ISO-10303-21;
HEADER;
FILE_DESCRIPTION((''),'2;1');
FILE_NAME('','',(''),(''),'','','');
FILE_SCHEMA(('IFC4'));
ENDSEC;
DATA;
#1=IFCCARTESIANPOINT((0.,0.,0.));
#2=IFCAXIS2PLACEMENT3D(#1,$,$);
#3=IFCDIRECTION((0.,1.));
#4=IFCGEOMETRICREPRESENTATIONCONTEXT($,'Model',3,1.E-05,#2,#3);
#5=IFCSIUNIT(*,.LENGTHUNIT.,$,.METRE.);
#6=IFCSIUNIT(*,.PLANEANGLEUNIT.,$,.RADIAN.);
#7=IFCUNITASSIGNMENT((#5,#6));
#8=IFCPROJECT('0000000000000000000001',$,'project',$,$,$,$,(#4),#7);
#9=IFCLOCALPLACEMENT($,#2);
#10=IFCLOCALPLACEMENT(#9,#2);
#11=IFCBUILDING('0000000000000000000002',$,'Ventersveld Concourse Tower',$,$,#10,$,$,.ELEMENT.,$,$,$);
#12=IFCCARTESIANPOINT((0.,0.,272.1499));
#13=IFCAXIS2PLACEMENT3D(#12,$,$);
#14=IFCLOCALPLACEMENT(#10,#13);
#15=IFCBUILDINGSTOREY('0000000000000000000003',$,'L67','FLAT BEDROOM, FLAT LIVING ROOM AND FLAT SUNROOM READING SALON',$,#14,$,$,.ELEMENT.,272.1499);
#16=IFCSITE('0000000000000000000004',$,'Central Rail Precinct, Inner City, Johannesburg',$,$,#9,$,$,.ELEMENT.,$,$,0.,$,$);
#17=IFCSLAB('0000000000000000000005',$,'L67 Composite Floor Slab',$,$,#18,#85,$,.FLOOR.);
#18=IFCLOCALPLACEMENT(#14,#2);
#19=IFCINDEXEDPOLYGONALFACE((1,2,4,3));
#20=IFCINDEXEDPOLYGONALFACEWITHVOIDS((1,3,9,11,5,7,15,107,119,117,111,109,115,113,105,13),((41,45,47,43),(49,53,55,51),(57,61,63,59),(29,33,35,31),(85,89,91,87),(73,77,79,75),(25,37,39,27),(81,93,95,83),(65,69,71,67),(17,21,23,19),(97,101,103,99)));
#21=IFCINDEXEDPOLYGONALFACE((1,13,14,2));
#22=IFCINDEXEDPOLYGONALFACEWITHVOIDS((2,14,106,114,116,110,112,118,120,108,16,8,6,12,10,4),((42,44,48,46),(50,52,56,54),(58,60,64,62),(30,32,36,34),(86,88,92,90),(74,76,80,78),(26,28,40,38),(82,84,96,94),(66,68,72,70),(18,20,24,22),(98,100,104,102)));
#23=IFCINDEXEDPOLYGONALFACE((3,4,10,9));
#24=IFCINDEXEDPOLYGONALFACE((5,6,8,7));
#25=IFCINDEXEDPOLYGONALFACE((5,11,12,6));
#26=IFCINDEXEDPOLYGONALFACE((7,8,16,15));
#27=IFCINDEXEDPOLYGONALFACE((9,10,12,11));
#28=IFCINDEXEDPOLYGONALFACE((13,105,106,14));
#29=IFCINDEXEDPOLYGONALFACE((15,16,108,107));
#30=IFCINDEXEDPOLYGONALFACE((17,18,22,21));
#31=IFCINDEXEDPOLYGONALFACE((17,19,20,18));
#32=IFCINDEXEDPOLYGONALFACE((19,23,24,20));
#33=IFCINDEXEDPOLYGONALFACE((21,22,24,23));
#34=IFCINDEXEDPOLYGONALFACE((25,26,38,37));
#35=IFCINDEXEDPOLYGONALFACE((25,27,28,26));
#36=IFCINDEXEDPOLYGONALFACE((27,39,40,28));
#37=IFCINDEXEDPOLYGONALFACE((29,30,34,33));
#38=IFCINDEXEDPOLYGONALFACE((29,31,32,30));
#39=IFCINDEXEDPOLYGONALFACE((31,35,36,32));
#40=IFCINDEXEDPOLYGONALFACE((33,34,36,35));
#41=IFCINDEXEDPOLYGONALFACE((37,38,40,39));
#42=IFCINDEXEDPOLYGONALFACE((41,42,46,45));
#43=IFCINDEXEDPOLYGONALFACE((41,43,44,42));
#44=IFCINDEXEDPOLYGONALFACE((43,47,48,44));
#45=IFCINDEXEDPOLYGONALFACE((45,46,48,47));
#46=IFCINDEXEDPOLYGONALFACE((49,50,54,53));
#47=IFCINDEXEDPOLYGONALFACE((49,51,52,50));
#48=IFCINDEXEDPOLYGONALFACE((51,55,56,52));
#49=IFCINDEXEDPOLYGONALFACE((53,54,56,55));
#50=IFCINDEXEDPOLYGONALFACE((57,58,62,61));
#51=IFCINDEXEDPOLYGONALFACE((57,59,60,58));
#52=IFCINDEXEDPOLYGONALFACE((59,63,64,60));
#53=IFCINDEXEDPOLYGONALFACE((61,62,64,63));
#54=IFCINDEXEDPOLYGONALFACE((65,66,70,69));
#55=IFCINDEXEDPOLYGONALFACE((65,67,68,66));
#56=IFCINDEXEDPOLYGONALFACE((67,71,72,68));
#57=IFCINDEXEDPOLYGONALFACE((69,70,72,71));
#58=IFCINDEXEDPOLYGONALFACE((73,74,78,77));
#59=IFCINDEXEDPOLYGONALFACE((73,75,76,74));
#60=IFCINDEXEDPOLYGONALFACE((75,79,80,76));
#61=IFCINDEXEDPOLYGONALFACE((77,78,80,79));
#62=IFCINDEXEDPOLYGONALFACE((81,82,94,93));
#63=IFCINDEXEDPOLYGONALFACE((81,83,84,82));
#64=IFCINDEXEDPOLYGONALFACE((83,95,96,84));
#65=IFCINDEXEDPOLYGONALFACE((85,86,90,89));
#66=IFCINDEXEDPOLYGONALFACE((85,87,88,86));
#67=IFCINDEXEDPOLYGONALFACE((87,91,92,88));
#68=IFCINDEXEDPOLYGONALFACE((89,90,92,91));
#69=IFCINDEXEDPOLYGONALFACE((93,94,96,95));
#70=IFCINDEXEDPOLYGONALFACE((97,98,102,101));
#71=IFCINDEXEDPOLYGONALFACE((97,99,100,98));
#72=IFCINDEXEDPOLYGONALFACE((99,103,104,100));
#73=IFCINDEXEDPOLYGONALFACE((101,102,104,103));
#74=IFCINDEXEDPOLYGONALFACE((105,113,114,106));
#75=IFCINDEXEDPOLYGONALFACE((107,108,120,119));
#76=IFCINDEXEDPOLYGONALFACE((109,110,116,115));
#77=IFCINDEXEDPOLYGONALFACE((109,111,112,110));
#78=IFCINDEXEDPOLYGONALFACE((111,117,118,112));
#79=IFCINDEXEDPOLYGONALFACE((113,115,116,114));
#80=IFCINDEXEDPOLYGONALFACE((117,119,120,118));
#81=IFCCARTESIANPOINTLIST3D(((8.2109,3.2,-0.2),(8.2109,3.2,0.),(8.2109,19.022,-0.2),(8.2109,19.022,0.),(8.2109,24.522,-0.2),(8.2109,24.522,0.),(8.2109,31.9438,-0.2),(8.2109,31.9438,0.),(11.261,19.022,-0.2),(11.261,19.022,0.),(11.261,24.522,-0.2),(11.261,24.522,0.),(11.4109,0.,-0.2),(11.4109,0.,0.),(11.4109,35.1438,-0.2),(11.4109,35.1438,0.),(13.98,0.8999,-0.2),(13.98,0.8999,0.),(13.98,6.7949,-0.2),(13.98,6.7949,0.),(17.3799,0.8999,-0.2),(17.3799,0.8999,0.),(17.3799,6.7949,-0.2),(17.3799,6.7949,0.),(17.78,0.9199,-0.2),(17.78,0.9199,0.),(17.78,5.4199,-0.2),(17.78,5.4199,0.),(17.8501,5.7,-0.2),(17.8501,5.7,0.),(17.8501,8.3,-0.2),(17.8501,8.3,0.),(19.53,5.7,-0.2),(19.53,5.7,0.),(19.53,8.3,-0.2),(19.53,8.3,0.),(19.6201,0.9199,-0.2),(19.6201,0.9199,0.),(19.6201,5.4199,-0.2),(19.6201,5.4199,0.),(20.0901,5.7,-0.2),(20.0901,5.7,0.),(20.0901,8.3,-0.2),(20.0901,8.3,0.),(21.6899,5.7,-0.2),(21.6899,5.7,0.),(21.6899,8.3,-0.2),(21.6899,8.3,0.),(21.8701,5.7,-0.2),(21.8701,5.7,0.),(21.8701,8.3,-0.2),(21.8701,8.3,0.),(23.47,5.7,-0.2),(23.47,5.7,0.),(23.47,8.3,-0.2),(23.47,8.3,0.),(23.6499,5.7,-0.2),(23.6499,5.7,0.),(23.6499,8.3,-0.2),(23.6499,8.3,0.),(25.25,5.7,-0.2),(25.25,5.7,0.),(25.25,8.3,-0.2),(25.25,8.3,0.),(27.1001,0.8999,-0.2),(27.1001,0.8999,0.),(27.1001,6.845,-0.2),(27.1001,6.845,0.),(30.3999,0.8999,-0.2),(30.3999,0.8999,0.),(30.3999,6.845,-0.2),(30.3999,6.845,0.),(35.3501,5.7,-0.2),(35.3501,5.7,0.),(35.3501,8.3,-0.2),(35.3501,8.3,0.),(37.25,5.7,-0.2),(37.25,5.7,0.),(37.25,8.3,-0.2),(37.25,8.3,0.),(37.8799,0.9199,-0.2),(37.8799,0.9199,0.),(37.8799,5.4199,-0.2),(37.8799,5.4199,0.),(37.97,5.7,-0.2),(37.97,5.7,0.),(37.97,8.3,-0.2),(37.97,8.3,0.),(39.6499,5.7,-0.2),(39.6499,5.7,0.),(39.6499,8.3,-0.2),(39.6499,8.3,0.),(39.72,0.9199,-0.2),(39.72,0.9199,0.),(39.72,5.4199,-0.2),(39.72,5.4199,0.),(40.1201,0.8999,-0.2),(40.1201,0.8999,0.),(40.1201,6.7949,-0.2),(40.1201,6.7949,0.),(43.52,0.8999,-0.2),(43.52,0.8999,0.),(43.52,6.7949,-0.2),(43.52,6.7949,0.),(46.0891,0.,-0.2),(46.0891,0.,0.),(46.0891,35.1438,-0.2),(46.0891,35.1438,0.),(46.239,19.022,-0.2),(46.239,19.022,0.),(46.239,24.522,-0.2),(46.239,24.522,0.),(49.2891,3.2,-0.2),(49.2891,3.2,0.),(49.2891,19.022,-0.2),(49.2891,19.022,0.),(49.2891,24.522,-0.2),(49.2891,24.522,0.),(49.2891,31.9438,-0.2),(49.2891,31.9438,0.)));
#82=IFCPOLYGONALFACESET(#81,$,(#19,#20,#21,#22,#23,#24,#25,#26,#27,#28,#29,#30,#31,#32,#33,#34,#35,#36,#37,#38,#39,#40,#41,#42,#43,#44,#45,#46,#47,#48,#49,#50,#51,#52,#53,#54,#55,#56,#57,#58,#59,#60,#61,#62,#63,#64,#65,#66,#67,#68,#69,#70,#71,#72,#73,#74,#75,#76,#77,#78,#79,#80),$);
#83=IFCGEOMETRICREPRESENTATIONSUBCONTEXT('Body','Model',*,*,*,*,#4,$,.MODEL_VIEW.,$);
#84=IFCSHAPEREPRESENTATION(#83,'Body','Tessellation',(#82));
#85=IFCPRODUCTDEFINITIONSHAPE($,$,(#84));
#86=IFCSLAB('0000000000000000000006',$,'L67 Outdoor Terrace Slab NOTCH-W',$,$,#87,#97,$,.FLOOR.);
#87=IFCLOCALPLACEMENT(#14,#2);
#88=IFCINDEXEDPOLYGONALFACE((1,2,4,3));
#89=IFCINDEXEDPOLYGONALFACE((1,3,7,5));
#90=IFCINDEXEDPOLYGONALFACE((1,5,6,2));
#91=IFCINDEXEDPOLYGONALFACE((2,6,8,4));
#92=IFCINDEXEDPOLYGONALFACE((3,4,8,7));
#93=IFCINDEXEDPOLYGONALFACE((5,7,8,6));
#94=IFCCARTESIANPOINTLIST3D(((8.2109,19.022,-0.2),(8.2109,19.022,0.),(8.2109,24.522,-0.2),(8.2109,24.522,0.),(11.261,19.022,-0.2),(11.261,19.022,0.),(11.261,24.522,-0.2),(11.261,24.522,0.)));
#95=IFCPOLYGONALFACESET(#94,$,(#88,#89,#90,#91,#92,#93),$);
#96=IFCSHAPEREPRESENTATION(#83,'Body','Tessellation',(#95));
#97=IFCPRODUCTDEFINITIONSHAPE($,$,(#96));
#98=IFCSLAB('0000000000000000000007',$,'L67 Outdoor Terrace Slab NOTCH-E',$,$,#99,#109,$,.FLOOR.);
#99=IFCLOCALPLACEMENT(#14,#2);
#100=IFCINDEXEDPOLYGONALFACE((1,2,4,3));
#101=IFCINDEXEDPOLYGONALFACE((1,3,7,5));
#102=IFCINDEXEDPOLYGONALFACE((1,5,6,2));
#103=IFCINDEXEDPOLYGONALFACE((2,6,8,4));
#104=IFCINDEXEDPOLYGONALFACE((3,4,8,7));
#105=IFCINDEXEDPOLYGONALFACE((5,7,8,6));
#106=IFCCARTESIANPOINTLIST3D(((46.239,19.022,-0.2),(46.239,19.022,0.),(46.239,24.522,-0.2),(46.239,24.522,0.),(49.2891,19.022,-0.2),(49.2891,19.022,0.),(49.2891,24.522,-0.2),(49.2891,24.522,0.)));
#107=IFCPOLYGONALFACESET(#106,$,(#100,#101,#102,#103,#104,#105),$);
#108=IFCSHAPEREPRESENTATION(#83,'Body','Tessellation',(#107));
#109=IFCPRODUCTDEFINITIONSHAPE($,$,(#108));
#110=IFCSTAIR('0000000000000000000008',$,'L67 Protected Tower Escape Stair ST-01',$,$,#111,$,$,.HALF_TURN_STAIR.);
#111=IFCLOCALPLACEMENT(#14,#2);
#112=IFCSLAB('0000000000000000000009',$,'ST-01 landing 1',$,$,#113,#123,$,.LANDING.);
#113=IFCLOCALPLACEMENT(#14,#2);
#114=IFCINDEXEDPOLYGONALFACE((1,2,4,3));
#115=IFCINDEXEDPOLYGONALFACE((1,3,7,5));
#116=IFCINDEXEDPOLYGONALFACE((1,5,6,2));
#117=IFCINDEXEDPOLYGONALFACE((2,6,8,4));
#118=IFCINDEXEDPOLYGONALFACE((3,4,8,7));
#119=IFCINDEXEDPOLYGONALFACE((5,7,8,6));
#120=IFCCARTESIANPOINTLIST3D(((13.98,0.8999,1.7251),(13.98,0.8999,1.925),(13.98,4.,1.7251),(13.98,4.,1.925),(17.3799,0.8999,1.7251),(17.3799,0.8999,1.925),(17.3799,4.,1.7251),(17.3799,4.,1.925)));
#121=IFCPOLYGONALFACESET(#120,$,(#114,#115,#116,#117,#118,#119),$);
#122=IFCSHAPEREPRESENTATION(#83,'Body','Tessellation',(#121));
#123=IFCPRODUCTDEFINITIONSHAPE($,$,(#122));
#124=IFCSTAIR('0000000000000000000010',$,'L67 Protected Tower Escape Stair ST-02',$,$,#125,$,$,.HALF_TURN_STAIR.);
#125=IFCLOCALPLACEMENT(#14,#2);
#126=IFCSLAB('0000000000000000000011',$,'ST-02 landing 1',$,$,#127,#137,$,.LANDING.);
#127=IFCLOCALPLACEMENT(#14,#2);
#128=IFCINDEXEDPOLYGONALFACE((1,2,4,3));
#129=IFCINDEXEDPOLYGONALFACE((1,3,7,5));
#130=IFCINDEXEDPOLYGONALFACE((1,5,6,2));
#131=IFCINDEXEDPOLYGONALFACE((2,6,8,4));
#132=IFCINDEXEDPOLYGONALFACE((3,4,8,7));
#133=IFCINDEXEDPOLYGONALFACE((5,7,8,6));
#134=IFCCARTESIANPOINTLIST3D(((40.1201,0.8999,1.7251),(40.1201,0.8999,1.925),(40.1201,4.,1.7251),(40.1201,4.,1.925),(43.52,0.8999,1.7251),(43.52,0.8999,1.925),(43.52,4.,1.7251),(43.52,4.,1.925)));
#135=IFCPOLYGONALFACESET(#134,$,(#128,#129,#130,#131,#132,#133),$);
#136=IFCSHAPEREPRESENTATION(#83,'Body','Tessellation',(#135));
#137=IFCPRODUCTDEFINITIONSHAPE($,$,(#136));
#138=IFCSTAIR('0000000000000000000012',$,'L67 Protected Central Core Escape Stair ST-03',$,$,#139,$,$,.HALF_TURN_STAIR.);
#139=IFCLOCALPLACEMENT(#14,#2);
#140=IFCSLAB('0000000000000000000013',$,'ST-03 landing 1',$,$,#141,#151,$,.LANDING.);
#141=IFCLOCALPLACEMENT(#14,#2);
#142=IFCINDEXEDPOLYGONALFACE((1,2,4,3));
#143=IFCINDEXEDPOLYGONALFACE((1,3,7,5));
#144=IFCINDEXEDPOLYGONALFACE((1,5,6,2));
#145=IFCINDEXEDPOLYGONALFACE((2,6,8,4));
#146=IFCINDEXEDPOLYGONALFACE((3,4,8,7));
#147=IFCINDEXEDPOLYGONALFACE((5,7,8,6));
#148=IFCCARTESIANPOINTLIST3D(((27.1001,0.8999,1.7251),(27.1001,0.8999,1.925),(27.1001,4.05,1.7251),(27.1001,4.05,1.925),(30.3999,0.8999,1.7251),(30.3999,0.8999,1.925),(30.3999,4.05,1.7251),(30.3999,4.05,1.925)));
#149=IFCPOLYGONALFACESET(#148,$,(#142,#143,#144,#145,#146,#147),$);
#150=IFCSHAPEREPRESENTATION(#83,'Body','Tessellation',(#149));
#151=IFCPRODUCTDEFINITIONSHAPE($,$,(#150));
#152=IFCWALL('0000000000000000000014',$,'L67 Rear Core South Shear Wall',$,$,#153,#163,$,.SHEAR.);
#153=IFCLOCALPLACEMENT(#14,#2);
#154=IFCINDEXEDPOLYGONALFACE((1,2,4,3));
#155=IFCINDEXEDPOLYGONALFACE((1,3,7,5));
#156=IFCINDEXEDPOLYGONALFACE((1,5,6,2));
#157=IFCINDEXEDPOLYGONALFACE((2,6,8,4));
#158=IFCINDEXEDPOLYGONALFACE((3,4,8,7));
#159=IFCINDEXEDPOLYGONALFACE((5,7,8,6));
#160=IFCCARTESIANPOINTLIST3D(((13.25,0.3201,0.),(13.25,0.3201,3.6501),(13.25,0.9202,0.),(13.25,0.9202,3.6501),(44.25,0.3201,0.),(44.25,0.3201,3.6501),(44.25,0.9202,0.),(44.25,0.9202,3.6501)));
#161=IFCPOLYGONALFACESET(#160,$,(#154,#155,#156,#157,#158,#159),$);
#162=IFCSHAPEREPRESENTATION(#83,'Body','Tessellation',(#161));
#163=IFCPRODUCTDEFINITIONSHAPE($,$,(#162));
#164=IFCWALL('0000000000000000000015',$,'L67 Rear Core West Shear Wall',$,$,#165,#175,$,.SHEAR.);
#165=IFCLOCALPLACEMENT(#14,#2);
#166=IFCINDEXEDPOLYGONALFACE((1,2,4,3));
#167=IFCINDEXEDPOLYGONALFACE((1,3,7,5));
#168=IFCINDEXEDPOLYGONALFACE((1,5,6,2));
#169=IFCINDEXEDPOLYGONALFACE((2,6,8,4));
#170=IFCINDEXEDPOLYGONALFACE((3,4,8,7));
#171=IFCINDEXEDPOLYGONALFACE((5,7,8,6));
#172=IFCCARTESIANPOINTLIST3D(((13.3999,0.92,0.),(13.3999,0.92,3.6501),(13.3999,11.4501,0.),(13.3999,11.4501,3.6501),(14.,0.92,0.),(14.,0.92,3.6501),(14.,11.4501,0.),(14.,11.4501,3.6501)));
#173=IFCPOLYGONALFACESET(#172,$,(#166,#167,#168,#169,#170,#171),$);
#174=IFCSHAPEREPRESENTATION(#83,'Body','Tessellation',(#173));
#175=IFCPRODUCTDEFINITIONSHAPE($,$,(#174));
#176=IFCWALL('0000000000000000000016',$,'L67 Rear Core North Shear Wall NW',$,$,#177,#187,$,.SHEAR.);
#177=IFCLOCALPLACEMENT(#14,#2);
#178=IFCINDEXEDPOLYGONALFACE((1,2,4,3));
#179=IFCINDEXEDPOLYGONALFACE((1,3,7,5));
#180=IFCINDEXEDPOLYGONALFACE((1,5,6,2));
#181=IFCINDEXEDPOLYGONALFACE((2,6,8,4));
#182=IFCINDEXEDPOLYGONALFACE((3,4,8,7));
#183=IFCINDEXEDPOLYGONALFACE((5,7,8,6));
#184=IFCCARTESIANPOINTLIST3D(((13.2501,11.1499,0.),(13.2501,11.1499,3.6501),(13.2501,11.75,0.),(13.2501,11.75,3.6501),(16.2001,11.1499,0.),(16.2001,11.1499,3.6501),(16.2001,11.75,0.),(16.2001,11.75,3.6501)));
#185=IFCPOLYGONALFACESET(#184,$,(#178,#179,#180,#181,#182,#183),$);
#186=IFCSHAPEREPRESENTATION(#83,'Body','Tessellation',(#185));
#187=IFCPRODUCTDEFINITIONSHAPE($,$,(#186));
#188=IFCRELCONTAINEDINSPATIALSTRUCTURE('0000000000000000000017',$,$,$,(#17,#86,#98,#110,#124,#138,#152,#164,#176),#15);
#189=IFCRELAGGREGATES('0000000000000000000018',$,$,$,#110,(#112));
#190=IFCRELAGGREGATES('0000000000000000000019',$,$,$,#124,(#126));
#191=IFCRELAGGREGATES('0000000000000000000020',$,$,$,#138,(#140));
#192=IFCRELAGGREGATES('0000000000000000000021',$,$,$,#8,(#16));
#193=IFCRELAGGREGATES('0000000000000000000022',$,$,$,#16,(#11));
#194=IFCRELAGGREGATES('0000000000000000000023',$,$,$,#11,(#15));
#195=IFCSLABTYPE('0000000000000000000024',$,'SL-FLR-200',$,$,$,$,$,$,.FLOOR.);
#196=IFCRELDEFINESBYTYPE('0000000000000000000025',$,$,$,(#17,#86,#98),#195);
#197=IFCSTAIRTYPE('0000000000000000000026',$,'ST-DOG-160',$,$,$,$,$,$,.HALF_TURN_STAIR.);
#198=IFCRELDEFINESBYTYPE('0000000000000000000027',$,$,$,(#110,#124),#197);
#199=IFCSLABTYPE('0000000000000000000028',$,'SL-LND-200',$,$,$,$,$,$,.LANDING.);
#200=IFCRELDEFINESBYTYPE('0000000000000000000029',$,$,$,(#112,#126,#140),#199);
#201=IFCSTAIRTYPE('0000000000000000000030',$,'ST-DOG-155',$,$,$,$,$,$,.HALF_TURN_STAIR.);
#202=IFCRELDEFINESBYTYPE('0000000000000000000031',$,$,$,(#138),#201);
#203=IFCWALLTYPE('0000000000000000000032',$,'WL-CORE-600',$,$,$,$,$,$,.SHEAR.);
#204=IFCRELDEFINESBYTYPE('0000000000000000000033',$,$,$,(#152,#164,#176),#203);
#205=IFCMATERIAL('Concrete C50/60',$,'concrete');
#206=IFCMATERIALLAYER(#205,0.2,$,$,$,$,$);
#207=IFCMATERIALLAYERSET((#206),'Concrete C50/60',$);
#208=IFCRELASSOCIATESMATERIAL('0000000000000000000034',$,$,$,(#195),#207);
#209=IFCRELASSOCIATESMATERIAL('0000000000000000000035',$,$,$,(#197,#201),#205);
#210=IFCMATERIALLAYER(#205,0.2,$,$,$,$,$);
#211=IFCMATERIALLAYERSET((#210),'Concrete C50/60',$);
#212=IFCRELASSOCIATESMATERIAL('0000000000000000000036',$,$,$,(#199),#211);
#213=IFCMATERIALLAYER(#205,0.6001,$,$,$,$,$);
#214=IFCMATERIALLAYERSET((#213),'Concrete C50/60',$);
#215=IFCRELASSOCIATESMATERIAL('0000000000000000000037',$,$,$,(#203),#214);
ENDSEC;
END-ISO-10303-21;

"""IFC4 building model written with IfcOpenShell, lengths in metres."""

from ifc_helpers import new_model, si_unit, direction, frame, frame_2d, origin, place, context, subcontext, project, spatial, polyline, rectangle, outline, extrude, material, layer, layer_set, type_object, element, aggregate, save


model = new_model("IFC4")

# Units and contexts
model_context = context("Model", 3, precision=1e-05, world=origin(), true_north=direction((0.0, 1.0)))
body_context = subcontext(model_context, "Body", "Model", "MODEL_VIEW")
ifc_project = project(units=[si_unit("LENGTHUNIT", "METRE"), si_unit("PLANEANGLEUNIT", "RADIAN")], contexts=[model_context])

# Site, building, storey
site_placement = place(None, origin())
site = spatial("IfcSite", under=ifc_project, at=site_placement, Name="Central Rail Precinct, Inner City, Johannesburg", CompositionType="ELEMENT", RefElevation=0.0)
building_placement = place(site_placement, origin())
building = spatial("IfcBuilding", under=site, at=building_placement, Name="Ventersveld Concourse Tower", CompositionType="ELEMENT")
storey_placement = place(building_placement, frame((0.0, 0.0, 272.1499)))
storey = spatial("IfcBuildingStorey", under=building, at=storey_placement, Name="L67", Description="FLAT BEDROOM, FLAT LIVING ROOM AND FLAT SUNROOM READING SALON", CompositionType="ELEMENT", Elevation=272.1499)

# Shared definitions
ifc_material_1 = material(Name="Concrete C50/60", Category="concrete")

# Slabs
ifc_layer_1 = layer(ifc_material_1, 0.2)
ifc_layer_set_1 = layer_set([ifc_layer_1], Name="Concrete C50/60")
slab_type_1 = type_object("IfcSlabType", Name="SL-FLR-200", PredefinedType="FLOOR", material=ifc_layer_set_1)
slab_1_placement = place(storey_placement, frame((0.0, 0.0, -0.2)))
element("IfcSlab", 1, at=slab_1_placement, inside=storey, type_object=slab_type_1, Name="L67 Composite Floor Slab", PredefinedType="FLOOR", context=body_context, shape_type="SweptSolid", body=[
    extrude(outline(polyline([(11.4109, 0.0), (46.0891, 0.0), (49.2891, 3.2), (49.2891, 19.022), (46.239, 19.022), (46.239, 24.522), (49.2891, 24.522), (49.2891, 31.9438), (46.0891, 35.1438), (11.4109, 35.1438), (8.2109, 31.9438), (8.2109, 24.522), (11.261, 24.522), (11.261, 19.022), (8.2109, 19.022), (8.2109, 3.2), (11.4109, 0.0)]), holes=[polyline([(13.98, 6.7949), (13.98, 0.8999), (17.3799, 0.8999), (17.3799, 6.7949), (13.98, 6.7949)]), polyline([(40.1201, 6.7949), (40.1201, 0.8999), (43.52, 0.8999), (43.52, 6.7949), (40.1201, 6.7949)]), polyline([(27.1001, 6.845), (27.1001, 0.8999), (30.3999, 0.8999), (30.3999, 6.845), (27.1001, 6.845)]), polyline([(17.8501, 5.7), (19.53, 5.7), (19.53, 8.3), (17.8501, 8.3), (17.8501, 5.7)]), polyline([(37.97, 5.7), (39.6499, 5.7), (39.6499, 8.3), (37.97, 8.3), (37.97, 5.7)]), polyline([(35.3501, 5.7), (37.25, 5.7), (37.25, 8.3), (35.3501, 8.3), (35.3501, 5.7)]), polyline([(20.0901, 5.7), (21.6899, 5.7), (21.6899, 8.3), (20.0901, 8.3), (20.0901, 5.7)]), polyline([(21.8701, 5.7), (23.47, 5.7), (23.47, 8.3), (21.8701, 8.3), (21.8701, 5.7)]), polyline([(23.6499, 5.7), (25.25, 5.7), (25.25, 8.3), (23.6499, 8.3), (23.6499, 5.7)]), polyline([(17.78, 0.9199), (19.6201, 0.9199), (19.6201, 5.4199), (17.78, 5.4199), (17.78, 0.9199)]), polyline([(37.8799, 0.9199), (39.72, 0.9199), (39.72, 5.4199), (37.8799, 5.4199), (37.8799, 0.9199)])]), origin(), (0.0, 0.0, 1.0), 0.2),
])
slab_2_placement = place(storey_placement, frame((0.0, 0.0, -0.2)))
element("IfcSlab", 2, at=slab_2_placement, inside=storey, type_object=slab_type_1, Name="L67 Outdoor Terrace Slab NOTCH-W", PredefinedType="FLOOR", context=body_context, shape_type="SweptSolid", body=[
    extrude(outline(polyline([(8.2109, 19.022), (11.261, 19.022), (11.261, 24.522), (8.2109, 24.522), (8.2109, 19.022)])), origin(), (0.0, 0.0, 1.0), 0.2),
])
slab_3_placement = place(storey_placement, frame((0.0, 0.0, -0.2)))
element("IfcSlab", 3, at=slab_3_placement, inside=storey, type_object=slab_type_1, Name="L67 Outdoor Terrace Slab NOTCH-E", PredefinedType="FLOOR", context=body_context, shape_type="SweptSolid", body=[
    extrude(outline(polyline([(46.239, 19.022), (49.2891, 19.022), (49.2891, 24.522), (46.239, 24.522), (46.239, 19.022)])), origin(), (0.0, 0.0, 1.0), 0.2),
])

# Stairs, slabs
stair_type_1 = type_object("IfcStairType", Name="ST-DOG-160", PredefinedType="HALF_TURN_STAIR", material=ifc_material_1)
stair_1_placement = place(storey_placement, origin())
stair_1 = element("IfcStair", 4, at=stair_1_placement, inside=storey, type_object=stair_type_1, Name="L67 Protected Tower Escape Stair ST-01", PredefinedType="HALF_TURN_STAIR")
ifc_layer_2 = layer(ifc_material_1, 0.2)
ifc_layer_set_2 = layer_set([ifc_layer_2], Name="Concrete C50/60")
slab_type_2 = type_object("IfcSlabType", Name="SL-LND-200", PredefinedType="LANDING", material=ifc_layer_set_2)
slab_4_placement = place(storey_placement, frame((0.0, 0.0, 1.7251)))
slab_4 = element("IfcSlab", 5, at=slab_4_placement, type_object=slab_type_2, Name="ST-01 landing 1", PredefinedType="LANDING", context=body_context, shape_type="SweptSolid", body=[
    extrude(outline(polyline([(13.98, 4.0), (13.98, 0.8999), (17.3799, 0.8999), (17.3799, 4.0), (13.98, 4.0)])), origin(), (0.0, 0.0, 1.0), 0.2),
])
aggregate(stair_1, [slab_4])
stair_2_placement = place(storey_placement, origin())
stair_2 = element("IfcStair", 6, at=stair_2_placement, inside=storey, type_object=stair_type_1, Name="L67 Protected Tower Escape Stair ST-02", PredefinedType="HALF_TURN_STAIR")
slab_5_placement = place(storey_placement, frame((0.0, 0.0, 1.7251)))
slab_5 = element("IfcSlab", 7, at=slab_5_placement, type_object=slab_type_2, Name="ST-02 landing 1", PredefinedType="LANDING", context=body_context, shape_type="SweptSolid", body=[
    extrude(outline(polyline([(40.1201, 4.0), (40.1201, 0.8999), (43.52, 0.8999), (43.52, 4.0), (40.1201, 4.0)])), origin(), (0.0, 0.0, 1.0), 0.2),
])
aggregate(stair_2, [slab_5])
stair_type_2 = type_object("IfcStairType", Name="ST-DOG-155", PredefinedType="HALF_TURN_STAIR", material=ifc_material_1)
stair_3_placement = place(storey_placement, origin())
stair_3 = element("IfcStair", 8, at=stair_3_placement, inside=storey, type_object=stair_type_2, Name="L67 Protected Central Core Escape Stair ST-03", PredefinedType="HALF_TURN_STAIR")
slab_6_placement = place(storey_placement, frame((0.0, 0.0, 1.7251)))
slab_6 = element("IfcSlab", 9, at=slab_6_placement, type_object=slab_type_2, Name="ST-03 landing 1", PredefinedType="LANDING", context=body_context, shape_type="SweptSolid", body=[
    extrude(outline(polyline([(27.1001, 4.05), (27.1001, 0.8999), (30.3999, 0.8999), (30.3999, 4.05), (27.1001, 4.05)])), origin(), (0.0, 0.0, 1.0), 0.2),
])
aggregate(stair_3, [slab_6])

# Walls
ifc_layer_3 = layer(ifc_material_1, 0.6001)
ifc_layer_set_3 = layer_set([ifc_layer_3], Name="Concrete C50/60")
wall_type_1 = type_object("IfcWallType", Name="WL-CORE-600", PredefinedType="SHEAR", material=ifc_layer_set_3)
wall_1_placement = place(storey_placement, frame((13.25, 0.6201, 0.0), z_axis=(0.0, 0.0, 1.0), x_axis=(1.0, 0.0, 0.0)))
element("IfcWall", 10, at=wall_1_placement, inside=storey, type_object=wall_type_1, Name="L67 Rear Core South Shear Wall", PredefinedType="SHEAR", context=body_context, shape_type="SweptSolid", body=[
    extrude(rectangle(XDim=31.0, YDim=0.6001, at=frame_2d((15.5, 0.0))), origin(), (0.0, 0.0, 1.0), 3.6501),
])
wall_2_placement = place(storey_placement, frame((13.7, 0.9199, 0.0), z_axis=(0.0, 0.0, 1.0), x_axis=(0.0, 1.0, 0.0)))
element("IfcWall", 11, at=wall_2_placement, inside=storey, type_object=wall_type_1, Name="L67 Rear Core West Shear Wall", PredefinedType="SHEAR", context=body_context, shape_type="SweptSolid", body=[
    extrude(rectangle(XDim=10.53, YDim=0.6001, at=frame_2d((5.2651, 0.0))), origin(), (0.0, 0.0, 1.0), 3.6501),
])
wall_3_placement = place(storey_placement, frame((13.25, 11.45, 0.0), z_axis=(0.0, 0.0, 1.0), x_axis=(1.0, 0.0, 0.0)))
element("IfcWall", 12, at=wall_3_placement, inside=storey, type_object=wall_type_1, Name="L67 Rear Core North Shear Wall NW", PredefinedType="SHEAR", context=body_context, shape_type="SweptSolid", body=[
    extrude(rectangle(XDim=2.95, YDim=0.6001, at=frame_2d((1.4751, 0.0))), origin(), (0.0, 0.0, 1.0), 3.6501),
])

save(model, "model.ifc")
